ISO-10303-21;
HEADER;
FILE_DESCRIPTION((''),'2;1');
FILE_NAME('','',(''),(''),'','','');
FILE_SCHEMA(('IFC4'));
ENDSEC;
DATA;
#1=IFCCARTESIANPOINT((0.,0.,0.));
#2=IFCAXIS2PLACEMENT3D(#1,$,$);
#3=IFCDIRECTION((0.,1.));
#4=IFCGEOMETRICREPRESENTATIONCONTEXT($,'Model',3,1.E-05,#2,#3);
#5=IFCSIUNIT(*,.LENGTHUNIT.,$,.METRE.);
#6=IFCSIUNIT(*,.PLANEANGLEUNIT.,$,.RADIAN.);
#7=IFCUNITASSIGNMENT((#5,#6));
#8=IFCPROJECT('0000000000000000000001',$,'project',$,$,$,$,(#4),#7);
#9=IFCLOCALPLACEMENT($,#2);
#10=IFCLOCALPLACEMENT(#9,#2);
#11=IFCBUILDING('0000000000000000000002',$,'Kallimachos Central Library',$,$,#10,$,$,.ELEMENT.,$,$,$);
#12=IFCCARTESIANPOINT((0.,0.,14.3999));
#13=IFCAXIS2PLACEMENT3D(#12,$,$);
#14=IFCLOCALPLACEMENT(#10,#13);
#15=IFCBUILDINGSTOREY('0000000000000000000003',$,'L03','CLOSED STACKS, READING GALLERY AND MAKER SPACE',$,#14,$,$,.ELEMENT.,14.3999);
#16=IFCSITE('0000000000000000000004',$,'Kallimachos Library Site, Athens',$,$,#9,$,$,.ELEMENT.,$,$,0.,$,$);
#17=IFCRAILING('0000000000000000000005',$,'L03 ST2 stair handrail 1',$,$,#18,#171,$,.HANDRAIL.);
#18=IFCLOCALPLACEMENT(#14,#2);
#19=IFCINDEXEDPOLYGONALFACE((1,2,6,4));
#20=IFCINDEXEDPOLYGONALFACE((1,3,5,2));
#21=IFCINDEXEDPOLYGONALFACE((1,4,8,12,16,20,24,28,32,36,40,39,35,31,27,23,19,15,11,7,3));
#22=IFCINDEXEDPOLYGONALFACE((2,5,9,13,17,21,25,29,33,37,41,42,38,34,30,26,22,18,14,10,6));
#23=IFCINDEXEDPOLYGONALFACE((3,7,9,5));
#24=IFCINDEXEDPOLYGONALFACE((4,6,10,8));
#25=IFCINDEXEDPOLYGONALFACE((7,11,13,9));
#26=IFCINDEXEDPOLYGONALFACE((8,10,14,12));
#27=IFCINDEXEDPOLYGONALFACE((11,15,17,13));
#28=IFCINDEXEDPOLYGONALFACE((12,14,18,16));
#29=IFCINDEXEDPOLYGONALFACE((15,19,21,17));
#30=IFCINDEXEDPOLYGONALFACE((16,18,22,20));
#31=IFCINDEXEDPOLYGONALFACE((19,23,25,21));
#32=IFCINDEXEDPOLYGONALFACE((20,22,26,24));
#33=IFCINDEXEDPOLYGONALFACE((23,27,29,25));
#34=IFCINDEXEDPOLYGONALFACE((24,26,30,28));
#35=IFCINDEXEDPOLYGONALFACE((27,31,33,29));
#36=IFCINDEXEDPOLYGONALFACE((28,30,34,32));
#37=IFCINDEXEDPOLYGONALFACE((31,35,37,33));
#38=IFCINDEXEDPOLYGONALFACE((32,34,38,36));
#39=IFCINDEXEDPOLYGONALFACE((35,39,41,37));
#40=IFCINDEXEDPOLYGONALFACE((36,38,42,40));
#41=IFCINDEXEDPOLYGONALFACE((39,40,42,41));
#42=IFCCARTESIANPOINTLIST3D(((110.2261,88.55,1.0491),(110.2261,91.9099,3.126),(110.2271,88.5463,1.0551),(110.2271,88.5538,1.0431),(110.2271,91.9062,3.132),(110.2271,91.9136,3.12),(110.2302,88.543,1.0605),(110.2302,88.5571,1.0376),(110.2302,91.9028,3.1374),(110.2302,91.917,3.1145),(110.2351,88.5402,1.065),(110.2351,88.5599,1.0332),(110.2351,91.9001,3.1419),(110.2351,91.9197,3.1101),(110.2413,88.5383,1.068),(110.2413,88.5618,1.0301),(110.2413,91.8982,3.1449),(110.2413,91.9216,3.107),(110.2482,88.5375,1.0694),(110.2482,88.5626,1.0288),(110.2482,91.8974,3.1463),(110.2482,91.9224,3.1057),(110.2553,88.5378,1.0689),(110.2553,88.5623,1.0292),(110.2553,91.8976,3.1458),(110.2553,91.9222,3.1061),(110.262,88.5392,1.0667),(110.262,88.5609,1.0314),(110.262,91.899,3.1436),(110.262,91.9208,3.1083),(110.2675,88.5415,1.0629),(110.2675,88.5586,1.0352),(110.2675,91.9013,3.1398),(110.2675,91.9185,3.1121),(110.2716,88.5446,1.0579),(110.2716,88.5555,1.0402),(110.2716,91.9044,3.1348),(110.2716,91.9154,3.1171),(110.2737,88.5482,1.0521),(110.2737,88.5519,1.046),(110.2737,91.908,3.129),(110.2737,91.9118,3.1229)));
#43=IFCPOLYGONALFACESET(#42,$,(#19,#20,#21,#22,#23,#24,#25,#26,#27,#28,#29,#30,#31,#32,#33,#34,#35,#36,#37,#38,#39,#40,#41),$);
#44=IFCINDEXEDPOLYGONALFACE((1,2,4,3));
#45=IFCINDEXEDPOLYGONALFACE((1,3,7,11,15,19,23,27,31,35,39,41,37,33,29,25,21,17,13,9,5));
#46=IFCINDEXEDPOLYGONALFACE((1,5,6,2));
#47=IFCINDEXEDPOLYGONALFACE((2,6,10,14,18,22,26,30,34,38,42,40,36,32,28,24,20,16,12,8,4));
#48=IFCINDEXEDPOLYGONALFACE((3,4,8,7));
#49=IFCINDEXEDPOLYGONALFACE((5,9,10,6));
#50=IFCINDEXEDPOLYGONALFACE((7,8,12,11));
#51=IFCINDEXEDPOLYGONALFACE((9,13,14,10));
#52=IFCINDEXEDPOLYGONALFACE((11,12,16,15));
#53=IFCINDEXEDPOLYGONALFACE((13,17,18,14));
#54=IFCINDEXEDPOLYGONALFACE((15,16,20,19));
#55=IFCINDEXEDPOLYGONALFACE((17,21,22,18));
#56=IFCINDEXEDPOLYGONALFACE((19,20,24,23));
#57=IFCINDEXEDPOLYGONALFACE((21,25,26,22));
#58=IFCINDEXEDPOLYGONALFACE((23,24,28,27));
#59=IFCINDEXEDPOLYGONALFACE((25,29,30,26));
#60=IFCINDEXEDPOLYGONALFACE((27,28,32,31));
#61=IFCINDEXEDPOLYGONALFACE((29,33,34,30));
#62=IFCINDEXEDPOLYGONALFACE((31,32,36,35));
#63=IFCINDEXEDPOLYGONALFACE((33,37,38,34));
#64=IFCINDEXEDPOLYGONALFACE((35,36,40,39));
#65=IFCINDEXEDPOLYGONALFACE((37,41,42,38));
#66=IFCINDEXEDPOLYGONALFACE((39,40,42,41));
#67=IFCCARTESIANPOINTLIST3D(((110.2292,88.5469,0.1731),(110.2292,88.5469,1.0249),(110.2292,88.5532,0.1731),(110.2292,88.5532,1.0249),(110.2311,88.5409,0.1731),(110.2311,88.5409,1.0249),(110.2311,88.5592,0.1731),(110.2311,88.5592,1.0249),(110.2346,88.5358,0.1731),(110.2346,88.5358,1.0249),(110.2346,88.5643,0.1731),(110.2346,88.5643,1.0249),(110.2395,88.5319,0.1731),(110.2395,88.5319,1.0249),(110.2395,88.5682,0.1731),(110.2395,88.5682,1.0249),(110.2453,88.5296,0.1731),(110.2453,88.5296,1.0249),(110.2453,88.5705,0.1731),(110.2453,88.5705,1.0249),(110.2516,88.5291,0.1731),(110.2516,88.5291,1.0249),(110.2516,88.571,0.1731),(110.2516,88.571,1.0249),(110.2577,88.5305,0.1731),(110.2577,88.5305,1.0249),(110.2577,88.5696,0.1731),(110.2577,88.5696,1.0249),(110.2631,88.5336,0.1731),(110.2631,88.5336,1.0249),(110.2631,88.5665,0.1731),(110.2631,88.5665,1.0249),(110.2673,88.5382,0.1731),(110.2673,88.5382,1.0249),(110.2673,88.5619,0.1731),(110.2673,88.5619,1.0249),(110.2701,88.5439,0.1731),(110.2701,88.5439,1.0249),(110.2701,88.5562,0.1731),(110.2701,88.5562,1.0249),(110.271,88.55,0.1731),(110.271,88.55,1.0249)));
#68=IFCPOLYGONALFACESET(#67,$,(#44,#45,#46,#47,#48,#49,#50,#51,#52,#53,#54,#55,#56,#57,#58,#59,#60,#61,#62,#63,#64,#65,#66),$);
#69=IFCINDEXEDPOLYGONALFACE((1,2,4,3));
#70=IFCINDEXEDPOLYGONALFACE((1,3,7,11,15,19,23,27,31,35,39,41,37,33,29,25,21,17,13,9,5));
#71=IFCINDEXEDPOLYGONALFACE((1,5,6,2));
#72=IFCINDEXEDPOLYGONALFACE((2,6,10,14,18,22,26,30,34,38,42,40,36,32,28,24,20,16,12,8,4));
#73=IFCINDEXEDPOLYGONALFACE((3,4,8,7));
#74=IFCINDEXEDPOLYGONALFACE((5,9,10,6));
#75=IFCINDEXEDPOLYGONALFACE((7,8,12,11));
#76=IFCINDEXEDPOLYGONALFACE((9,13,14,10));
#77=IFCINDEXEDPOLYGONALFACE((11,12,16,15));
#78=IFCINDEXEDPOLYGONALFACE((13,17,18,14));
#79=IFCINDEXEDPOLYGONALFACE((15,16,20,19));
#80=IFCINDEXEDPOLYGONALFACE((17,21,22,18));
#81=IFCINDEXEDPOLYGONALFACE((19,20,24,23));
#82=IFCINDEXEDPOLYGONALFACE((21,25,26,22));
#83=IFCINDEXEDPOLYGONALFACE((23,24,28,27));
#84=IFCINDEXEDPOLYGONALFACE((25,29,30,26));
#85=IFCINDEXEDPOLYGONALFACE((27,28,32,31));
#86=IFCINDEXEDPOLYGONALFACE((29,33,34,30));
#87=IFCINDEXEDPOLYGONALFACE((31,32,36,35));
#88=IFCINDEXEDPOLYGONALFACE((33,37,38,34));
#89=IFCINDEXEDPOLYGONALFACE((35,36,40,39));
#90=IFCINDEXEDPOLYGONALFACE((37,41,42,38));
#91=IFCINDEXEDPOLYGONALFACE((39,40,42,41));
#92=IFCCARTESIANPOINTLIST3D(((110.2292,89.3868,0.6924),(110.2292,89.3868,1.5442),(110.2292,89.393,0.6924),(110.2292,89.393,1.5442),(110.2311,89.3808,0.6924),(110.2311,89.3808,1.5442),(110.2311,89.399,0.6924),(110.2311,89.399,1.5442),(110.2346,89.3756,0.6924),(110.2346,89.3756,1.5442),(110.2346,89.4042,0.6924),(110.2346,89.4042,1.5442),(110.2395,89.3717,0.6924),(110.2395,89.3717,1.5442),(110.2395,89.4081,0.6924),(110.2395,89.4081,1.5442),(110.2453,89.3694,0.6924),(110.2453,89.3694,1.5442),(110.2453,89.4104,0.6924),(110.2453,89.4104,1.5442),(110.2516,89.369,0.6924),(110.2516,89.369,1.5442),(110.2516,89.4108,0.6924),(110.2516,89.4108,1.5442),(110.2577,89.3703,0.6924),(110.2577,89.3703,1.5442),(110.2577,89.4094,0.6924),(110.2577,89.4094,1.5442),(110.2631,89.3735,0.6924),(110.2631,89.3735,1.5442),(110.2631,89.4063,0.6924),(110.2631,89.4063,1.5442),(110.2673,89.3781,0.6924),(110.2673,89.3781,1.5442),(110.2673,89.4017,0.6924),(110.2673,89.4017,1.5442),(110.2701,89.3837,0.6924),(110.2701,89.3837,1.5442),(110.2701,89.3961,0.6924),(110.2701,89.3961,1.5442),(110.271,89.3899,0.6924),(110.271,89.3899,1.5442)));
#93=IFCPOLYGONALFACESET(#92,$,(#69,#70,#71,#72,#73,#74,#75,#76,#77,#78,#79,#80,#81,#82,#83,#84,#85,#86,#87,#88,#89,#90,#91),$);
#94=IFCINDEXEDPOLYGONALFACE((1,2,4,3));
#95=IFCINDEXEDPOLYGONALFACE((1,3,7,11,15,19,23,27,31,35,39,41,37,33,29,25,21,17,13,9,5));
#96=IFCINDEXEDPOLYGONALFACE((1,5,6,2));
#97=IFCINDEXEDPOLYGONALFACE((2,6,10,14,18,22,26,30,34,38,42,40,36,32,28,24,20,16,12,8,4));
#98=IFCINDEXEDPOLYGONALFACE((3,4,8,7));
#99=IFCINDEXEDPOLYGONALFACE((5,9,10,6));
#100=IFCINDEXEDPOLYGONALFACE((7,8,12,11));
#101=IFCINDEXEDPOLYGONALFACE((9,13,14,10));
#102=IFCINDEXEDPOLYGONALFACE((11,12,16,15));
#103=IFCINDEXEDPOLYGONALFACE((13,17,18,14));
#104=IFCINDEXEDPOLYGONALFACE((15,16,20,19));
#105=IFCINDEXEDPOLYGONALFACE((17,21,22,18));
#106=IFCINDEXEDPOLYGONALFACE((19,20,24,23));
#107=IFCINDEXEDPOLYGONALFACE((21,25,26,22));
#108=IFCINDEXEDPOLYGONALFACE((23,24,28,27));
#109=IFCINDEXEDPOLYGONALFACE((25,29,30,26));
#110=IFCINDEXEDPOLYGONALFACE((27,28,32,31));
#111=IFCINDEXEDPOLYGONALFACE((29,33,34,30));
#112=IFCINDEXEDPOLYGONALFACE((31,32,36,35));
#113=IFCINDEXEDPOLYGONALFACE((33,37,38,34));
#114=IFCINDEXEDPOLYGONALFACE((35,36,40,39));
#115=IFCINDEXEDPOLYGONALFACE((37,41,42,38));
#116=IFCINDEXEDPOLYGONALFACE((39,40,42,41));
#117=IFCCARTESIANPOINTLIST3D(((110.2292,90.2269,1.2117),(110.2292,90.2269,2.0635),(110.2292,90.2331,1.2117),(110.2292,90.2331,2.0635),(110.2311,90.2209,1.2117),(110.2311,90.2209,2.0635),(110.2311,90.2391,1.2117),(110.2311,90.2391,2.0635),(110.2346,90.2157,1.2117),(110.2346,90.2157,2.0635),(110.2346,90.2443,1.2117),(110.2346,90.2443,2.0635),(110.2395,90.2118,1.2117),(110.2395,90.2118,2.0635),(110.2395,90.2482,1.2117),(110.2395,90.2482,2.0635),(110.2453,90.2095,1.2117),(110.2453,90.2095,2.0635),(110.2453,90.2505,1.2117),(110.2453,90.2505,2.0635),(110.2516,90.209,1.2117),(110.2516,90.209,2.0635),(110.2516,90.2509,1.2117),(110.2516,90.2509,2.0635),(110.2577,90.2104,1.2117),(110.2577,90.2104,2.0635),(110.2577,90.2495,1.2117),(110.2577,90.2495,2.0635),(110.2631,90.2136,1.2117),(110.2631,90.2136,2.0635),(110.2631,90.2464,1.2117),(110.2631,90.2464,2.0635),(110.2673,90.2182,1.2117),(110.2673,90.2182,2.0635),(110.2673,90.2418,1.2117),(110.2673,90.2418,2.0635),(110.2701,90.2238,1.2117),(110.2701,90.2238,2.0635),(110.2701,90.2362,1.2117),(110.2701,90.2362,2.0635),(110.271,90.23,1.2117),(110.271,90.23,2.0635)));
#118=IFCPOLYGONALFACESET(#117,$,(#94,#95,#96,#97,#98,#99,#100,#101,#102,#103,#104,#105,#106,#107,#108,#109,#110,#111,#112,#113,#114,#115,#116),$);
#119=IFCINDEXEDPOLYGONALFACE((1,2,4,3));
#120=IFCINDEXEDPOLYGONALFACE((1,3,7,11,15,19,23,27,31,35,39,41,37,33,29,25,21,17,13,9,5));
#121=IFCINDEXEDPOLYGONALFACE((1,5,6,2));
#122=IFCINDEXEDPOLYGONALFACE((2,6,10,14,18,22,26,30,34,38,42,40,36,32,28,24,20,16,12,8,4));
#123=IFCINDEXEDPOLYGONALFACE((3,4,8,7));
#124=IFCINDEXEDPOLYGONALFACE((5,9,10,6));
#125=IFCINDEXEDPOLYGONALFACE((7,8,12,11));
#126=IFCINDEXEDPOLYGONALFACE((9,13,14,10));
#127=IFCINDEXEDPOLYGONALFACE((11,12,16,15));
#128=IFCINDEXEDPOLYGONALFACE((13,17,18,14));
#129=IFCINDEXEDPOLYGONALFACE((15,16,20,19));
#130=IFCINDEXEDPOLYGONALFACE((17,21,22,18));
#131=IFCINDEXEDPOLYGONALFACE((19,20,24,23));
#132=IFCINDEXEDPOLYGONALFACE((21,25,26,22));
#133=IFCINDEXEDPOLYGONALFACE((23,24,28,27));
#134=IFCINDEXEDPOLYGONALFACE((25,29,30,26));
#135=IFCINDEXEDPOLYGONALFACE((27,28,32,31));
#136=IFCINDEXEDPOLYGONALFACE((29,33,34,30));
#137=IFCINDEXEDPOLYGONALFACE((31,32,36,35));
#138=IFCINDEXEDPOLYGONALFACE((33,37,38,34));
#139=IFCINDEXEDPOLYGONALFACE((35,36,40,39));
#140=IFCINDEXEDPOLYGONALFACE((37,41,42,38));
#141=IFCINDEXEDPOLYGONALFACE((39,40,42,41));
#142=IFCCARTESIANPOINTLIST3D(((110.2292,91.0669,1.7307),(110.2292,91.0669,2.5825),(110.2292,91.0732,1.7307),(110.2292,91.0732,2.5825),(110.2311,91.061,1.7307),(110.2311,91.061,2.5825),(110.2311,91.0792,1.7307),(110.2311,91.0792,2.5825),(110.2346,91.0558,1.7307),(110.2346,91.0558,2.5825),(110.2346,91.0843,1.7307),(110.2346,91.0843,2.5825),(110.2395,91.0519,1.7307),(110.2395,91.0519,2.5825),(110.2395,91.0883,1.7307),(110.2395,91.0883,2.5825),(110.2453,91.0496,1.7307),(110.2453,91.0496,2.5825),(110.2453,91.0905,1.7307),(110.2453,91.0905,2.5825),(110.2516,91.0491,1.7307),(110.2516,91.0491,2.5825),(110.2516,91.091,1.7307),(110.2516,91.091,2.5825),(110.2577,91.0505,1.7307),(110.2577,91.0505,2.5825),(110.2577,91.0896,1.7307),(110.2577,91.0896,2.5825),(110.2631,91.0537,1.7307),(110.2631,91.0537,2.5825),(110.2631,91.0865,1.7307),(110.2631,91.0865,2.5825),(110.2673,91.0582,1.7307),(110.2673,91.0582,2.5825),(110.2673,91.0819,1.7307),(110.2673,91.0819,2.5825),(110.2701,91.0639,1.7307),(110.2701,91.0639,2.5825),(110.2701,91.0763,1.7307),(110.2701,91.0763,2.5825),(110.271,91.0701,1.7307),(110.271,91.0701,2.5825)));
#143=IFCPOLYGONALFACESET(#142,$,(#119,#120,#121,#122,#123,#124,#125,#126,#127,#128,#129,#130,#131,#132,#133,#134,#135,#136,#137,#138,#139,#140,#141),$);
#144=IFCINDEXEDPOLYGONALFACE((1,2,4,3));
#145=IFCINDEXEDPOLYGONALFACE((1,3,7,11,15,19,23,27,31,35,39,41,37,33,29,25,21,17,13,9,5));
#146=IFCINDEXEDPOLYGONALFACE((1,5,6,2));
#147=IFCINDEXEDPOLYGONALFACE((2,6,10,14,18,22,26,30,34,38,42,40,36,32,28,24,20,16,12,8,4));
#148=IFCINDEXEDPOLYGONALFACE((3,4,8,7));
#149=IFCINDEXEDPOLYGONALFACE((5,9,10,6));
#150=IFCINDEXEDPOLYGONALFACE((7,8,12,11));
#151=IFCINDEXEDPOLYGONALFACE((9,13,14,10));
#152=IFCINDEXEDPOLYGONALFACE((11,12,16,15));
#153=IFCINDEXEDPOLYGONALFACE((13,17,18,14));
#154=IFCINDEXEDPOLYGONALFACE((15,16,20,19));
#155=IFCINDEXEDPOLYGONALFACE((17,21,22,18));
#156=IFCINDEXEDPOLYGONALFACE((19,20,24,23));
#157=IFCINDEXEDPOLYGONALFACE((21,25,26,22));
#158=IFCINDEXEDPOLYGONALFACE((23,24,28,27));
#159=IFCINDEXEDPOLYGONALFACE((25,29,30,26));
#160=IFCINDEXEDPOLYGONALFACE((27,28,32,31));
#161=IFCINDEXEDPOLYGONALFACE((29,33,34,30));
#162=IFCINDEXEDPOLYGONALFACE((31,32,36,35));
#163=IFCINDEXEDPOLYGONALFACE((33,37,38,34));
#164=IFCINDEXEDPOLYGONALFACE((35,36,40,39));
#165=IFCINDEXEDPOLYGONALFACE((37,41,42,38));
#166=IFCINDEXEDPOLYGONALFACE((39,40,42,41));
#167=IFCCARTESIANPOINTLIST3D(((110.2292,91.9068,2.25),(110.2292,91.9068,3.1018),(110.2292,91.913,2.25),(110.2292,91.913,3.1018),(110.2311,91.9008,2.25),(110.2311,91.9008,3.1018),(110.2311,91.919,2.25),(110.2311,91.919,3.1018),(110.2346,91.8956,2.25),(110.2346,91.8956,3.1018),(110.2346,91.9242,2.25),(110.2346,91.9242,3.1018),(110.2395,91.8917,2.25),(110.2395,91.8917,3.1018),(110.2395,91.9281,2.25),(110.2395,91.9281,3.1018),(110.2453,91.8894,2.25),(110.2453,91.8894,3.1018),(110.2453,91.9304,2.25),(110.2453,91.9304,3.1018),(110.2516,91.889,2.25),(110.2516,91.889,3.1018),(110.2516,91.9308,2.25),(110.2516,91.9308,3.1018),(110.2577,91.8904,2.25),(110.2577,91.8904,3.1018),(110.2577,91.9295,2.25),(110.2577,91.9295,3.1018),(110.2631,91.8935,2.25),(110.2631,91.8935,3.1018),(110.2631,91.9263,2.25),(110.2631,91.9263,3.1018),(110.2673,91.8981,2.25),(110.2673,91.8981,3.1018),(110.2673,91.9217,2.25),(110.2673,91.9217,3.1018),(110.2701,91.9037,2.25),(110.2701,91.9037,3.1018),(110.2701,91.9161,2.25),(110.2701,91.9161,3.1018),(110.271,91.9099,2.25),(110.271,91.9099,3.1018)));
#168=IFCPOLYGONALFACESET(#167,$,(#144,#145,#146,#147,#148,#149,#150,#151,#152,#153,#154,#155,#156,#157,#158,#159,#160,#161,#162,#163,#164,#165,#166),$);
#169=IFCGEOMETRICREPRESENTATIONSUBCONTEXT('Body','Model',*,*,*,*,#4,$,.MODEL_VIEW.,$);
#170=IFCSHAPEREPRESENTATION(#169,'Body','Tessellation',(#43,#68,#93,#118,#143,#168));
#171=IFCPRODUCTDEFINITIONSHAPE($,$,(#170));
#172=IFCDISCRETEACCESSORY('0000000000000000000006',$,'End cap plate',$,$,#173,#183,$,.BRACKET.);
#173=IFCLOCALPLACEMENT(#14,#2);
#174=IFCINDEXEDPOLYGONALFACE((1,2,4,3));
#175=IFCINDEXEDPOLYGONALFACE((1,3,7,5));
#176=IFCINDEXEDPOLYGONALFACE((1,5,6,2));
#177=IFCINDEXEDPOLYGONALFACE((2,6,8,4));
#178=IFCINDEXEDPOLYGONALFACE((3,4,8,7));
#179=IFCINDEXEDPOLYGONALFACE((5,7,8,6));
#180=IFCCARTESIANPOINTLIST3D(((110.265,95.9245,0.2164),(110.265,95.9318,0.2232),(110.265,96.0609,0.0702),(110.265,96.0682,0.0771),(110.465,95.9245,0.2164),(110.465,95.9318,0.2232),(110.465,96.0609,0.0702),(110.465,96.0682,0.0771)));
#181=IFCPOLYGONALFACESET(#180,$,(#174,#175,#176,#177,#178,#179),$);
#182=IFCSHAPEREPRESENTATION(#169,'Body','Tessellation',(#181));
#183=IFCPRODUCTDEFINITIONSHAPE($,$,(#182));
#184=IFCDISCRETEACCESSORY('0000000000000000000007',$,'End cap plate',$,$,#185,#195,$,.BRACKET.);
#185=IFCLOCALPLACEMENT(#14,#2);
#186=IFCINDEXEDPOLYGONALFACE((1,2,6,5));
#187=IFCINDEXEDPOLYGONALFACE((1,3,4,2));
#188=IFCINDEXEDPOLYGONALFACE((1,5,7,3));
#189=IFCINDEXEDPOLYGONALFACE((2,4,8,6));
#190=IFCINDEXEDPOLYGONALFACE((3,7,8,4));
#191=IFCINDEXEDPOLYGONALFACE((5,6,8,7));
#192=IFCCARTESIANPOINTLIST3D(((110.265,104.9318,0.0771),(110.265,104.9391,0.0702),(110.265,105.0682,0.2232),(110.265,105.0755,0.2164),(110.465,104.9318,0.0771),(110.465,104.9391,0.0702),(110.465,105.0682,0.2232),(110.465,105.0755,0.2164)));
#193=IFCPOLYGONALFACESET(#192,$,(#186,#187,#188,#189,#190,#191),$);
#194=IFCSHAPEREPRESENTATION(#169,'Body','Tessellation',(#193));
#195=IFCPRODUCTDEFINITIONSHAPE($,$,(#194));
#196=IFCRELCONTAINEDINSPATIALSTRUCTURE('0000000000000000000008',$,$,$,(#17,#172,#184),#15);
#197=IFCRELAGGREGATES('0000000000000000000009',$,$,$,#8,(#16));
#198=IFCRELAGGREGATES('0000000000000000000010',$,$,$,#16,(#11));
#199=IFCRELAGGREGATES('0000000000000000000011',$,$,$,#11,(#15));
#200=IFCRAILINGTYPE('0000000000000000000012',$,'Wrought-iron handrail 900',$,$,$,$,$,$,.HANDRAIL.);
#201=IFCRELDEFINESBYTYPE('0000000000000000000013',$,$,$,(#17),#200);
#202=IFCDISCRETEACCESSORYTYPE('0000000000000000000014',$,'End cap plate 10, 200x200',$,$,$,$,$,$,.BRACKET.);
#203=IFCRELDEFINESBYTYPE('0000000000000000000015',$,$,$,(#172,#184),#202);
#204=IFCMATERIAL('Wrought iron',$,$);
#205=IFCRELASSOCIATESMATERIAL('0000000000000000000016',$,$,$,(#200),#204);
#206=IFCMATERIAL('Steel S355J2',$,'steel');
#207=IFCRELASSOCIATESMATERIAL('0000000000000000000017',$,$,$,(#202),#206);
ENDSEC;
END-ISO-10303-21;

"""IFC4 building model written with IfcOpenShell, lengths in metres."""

from ifc_helpers import new_model, si_unit, direction, frame, origin, origin_2d, place, context, subcontext, project, spatial, rectangle, circle, extrude, material, material_profile, profile_set, type_object, element, save


model = new_model("IFC4")

# Units and contexts
model_context = context("Model", 3, precision=1e-05, world=origin(), true_north=direction((0.0, 1.0)))
body_context = subcontext(model_context, "Body", "Model", "MODEL_VIEW")
ifc_project = project(units=[si_unit("LENGTHUNIT", "METRE"), si_unit("PLANEANGLEUNIT", "RADIAN")], contexts=[model_context])

# Site, building, storey
site_placement = place(None, origin())
site = spatial("IfcSite", under=ifc_project, at=site_placement, Name="Kallimachos Library Site, Athens", CompositionType="ELEMENT", RefElevation=0.0)
building_placement = place(site_placement, origin())
building = spatial("IfcBuilding", under=site, at=building_placement, Name="Kallimachos Central Library", CompositionType="ELEMENT")
storey_placement = place(building_placement, frame((0.0, 0.0, 14.3999)))
storey = spatial("IfcBuildingStorey", under=building, at=storey_placement, Name="L03", Description="CLOSED STACKS, READING GALLERY AND MAKER SPACE", CompositionType="ELEMENT", Elevation=14.3999)

# Railing
ifc_material_1 = material(Name="Wrought iron")
railing_type = type_object("IfcRailingType", Name="Wrought-iron handrail 900", PredefinedType="HANDRAIL", material=ifc_material_1)
railing_placement = place(storey_placement, frame((110.25, 88.55, 0.1731)))
element("IfcRailing", 1, at=railing_placement, inside=storey, type_object=railing_type, Name="L03 ST2 stair handrail 1", PredefinedType="HANDRAIL", context=body_context, shape_type="SweptSolid", body=[
    extrude(circle(Radius=0.0239, at=origin_2d()), frame((0.0, 0.0, 0.876), z_axis=(0.0, 0.850606, 0.525803), x_axis=(-1.0, 0.0, 0.0)), (0.0, 0.0, 1.0), 3.95),
    extrude(circle(Radius=0.021, at=origin_2d()), origin(), (0.0, 0.0, 1.0), 0.8518),
    extrude(circle(Radius=0.021, at=origin_2d()), frame((0.0, 0.8398, 0.5193)), (0.0, 0.0, 1.0), 0.8518),
    extrude(circle(Radius=0.021, at=origin_2d()), frame((0.0, 1.6799, 1.0386)), (0.0, 0.0, 1.0), 0.8518),
    extrude(circle(Radius=0.021, at=origin_2d()), frame((0.0, 2.52, 1.5576)), (0.0, 0.0, 1.0), 0.8518),
    extrude(circle(Radius=0.021, at=origin_2d()), frame((0.0, 3.3599, 2.0769)), (0.0, 0.0, 1.0), 0.8518),
])

# Discrete accessories
ifc_material_2 = material(Name="Steel S355J2", Category="steel")
ifc_material_profile_1 = material_profile(ifc_material_2, rectangle(XDim=0.2, YDim=0.2, at=origin_2d()), Name="End cap plate 10, 200x200")
ifc_profile_set_1 = profile_set([ifc_material_profile_1], Name="Steel S355J2")
discrete_accessory_type = type_object("IfcDiscreteAccessoryType", Name="End cap plate 10, 200x200", PredefinedType="BRACKET", material=ifc_profile_set_1)
for number, where, z_axis, x_axis, name in (
    (2, (110.365, 95.9927, 0.1433), (0.0, 0.731055, 0.682318), (-1.0, 0.0, 0.0), "End cap plate"),
    (3, (110.365, 105.0073, 0.1433), (0.0, -0.731055, 0.682318), (1.0, 0.0, 0.0), "End cap plate"),
):
    element("IfcDiscreteAccessory", number, at=place(storey_placement, frame(where, z_axis=z_axis, x_axis=x_axis)), inside=storey, type_object=discrete_accessory_type, Name=name, PredefinedType="BRACKET", context=body_context, shape_type="SweptSolid", body=[
        extrude(rectangle(XDim=0.2, YDim=0.2, at=origin_2d()), origin(), (0.0, 0.0, 1.0), 0.01),
    ])

save(model, "model.ifc")
